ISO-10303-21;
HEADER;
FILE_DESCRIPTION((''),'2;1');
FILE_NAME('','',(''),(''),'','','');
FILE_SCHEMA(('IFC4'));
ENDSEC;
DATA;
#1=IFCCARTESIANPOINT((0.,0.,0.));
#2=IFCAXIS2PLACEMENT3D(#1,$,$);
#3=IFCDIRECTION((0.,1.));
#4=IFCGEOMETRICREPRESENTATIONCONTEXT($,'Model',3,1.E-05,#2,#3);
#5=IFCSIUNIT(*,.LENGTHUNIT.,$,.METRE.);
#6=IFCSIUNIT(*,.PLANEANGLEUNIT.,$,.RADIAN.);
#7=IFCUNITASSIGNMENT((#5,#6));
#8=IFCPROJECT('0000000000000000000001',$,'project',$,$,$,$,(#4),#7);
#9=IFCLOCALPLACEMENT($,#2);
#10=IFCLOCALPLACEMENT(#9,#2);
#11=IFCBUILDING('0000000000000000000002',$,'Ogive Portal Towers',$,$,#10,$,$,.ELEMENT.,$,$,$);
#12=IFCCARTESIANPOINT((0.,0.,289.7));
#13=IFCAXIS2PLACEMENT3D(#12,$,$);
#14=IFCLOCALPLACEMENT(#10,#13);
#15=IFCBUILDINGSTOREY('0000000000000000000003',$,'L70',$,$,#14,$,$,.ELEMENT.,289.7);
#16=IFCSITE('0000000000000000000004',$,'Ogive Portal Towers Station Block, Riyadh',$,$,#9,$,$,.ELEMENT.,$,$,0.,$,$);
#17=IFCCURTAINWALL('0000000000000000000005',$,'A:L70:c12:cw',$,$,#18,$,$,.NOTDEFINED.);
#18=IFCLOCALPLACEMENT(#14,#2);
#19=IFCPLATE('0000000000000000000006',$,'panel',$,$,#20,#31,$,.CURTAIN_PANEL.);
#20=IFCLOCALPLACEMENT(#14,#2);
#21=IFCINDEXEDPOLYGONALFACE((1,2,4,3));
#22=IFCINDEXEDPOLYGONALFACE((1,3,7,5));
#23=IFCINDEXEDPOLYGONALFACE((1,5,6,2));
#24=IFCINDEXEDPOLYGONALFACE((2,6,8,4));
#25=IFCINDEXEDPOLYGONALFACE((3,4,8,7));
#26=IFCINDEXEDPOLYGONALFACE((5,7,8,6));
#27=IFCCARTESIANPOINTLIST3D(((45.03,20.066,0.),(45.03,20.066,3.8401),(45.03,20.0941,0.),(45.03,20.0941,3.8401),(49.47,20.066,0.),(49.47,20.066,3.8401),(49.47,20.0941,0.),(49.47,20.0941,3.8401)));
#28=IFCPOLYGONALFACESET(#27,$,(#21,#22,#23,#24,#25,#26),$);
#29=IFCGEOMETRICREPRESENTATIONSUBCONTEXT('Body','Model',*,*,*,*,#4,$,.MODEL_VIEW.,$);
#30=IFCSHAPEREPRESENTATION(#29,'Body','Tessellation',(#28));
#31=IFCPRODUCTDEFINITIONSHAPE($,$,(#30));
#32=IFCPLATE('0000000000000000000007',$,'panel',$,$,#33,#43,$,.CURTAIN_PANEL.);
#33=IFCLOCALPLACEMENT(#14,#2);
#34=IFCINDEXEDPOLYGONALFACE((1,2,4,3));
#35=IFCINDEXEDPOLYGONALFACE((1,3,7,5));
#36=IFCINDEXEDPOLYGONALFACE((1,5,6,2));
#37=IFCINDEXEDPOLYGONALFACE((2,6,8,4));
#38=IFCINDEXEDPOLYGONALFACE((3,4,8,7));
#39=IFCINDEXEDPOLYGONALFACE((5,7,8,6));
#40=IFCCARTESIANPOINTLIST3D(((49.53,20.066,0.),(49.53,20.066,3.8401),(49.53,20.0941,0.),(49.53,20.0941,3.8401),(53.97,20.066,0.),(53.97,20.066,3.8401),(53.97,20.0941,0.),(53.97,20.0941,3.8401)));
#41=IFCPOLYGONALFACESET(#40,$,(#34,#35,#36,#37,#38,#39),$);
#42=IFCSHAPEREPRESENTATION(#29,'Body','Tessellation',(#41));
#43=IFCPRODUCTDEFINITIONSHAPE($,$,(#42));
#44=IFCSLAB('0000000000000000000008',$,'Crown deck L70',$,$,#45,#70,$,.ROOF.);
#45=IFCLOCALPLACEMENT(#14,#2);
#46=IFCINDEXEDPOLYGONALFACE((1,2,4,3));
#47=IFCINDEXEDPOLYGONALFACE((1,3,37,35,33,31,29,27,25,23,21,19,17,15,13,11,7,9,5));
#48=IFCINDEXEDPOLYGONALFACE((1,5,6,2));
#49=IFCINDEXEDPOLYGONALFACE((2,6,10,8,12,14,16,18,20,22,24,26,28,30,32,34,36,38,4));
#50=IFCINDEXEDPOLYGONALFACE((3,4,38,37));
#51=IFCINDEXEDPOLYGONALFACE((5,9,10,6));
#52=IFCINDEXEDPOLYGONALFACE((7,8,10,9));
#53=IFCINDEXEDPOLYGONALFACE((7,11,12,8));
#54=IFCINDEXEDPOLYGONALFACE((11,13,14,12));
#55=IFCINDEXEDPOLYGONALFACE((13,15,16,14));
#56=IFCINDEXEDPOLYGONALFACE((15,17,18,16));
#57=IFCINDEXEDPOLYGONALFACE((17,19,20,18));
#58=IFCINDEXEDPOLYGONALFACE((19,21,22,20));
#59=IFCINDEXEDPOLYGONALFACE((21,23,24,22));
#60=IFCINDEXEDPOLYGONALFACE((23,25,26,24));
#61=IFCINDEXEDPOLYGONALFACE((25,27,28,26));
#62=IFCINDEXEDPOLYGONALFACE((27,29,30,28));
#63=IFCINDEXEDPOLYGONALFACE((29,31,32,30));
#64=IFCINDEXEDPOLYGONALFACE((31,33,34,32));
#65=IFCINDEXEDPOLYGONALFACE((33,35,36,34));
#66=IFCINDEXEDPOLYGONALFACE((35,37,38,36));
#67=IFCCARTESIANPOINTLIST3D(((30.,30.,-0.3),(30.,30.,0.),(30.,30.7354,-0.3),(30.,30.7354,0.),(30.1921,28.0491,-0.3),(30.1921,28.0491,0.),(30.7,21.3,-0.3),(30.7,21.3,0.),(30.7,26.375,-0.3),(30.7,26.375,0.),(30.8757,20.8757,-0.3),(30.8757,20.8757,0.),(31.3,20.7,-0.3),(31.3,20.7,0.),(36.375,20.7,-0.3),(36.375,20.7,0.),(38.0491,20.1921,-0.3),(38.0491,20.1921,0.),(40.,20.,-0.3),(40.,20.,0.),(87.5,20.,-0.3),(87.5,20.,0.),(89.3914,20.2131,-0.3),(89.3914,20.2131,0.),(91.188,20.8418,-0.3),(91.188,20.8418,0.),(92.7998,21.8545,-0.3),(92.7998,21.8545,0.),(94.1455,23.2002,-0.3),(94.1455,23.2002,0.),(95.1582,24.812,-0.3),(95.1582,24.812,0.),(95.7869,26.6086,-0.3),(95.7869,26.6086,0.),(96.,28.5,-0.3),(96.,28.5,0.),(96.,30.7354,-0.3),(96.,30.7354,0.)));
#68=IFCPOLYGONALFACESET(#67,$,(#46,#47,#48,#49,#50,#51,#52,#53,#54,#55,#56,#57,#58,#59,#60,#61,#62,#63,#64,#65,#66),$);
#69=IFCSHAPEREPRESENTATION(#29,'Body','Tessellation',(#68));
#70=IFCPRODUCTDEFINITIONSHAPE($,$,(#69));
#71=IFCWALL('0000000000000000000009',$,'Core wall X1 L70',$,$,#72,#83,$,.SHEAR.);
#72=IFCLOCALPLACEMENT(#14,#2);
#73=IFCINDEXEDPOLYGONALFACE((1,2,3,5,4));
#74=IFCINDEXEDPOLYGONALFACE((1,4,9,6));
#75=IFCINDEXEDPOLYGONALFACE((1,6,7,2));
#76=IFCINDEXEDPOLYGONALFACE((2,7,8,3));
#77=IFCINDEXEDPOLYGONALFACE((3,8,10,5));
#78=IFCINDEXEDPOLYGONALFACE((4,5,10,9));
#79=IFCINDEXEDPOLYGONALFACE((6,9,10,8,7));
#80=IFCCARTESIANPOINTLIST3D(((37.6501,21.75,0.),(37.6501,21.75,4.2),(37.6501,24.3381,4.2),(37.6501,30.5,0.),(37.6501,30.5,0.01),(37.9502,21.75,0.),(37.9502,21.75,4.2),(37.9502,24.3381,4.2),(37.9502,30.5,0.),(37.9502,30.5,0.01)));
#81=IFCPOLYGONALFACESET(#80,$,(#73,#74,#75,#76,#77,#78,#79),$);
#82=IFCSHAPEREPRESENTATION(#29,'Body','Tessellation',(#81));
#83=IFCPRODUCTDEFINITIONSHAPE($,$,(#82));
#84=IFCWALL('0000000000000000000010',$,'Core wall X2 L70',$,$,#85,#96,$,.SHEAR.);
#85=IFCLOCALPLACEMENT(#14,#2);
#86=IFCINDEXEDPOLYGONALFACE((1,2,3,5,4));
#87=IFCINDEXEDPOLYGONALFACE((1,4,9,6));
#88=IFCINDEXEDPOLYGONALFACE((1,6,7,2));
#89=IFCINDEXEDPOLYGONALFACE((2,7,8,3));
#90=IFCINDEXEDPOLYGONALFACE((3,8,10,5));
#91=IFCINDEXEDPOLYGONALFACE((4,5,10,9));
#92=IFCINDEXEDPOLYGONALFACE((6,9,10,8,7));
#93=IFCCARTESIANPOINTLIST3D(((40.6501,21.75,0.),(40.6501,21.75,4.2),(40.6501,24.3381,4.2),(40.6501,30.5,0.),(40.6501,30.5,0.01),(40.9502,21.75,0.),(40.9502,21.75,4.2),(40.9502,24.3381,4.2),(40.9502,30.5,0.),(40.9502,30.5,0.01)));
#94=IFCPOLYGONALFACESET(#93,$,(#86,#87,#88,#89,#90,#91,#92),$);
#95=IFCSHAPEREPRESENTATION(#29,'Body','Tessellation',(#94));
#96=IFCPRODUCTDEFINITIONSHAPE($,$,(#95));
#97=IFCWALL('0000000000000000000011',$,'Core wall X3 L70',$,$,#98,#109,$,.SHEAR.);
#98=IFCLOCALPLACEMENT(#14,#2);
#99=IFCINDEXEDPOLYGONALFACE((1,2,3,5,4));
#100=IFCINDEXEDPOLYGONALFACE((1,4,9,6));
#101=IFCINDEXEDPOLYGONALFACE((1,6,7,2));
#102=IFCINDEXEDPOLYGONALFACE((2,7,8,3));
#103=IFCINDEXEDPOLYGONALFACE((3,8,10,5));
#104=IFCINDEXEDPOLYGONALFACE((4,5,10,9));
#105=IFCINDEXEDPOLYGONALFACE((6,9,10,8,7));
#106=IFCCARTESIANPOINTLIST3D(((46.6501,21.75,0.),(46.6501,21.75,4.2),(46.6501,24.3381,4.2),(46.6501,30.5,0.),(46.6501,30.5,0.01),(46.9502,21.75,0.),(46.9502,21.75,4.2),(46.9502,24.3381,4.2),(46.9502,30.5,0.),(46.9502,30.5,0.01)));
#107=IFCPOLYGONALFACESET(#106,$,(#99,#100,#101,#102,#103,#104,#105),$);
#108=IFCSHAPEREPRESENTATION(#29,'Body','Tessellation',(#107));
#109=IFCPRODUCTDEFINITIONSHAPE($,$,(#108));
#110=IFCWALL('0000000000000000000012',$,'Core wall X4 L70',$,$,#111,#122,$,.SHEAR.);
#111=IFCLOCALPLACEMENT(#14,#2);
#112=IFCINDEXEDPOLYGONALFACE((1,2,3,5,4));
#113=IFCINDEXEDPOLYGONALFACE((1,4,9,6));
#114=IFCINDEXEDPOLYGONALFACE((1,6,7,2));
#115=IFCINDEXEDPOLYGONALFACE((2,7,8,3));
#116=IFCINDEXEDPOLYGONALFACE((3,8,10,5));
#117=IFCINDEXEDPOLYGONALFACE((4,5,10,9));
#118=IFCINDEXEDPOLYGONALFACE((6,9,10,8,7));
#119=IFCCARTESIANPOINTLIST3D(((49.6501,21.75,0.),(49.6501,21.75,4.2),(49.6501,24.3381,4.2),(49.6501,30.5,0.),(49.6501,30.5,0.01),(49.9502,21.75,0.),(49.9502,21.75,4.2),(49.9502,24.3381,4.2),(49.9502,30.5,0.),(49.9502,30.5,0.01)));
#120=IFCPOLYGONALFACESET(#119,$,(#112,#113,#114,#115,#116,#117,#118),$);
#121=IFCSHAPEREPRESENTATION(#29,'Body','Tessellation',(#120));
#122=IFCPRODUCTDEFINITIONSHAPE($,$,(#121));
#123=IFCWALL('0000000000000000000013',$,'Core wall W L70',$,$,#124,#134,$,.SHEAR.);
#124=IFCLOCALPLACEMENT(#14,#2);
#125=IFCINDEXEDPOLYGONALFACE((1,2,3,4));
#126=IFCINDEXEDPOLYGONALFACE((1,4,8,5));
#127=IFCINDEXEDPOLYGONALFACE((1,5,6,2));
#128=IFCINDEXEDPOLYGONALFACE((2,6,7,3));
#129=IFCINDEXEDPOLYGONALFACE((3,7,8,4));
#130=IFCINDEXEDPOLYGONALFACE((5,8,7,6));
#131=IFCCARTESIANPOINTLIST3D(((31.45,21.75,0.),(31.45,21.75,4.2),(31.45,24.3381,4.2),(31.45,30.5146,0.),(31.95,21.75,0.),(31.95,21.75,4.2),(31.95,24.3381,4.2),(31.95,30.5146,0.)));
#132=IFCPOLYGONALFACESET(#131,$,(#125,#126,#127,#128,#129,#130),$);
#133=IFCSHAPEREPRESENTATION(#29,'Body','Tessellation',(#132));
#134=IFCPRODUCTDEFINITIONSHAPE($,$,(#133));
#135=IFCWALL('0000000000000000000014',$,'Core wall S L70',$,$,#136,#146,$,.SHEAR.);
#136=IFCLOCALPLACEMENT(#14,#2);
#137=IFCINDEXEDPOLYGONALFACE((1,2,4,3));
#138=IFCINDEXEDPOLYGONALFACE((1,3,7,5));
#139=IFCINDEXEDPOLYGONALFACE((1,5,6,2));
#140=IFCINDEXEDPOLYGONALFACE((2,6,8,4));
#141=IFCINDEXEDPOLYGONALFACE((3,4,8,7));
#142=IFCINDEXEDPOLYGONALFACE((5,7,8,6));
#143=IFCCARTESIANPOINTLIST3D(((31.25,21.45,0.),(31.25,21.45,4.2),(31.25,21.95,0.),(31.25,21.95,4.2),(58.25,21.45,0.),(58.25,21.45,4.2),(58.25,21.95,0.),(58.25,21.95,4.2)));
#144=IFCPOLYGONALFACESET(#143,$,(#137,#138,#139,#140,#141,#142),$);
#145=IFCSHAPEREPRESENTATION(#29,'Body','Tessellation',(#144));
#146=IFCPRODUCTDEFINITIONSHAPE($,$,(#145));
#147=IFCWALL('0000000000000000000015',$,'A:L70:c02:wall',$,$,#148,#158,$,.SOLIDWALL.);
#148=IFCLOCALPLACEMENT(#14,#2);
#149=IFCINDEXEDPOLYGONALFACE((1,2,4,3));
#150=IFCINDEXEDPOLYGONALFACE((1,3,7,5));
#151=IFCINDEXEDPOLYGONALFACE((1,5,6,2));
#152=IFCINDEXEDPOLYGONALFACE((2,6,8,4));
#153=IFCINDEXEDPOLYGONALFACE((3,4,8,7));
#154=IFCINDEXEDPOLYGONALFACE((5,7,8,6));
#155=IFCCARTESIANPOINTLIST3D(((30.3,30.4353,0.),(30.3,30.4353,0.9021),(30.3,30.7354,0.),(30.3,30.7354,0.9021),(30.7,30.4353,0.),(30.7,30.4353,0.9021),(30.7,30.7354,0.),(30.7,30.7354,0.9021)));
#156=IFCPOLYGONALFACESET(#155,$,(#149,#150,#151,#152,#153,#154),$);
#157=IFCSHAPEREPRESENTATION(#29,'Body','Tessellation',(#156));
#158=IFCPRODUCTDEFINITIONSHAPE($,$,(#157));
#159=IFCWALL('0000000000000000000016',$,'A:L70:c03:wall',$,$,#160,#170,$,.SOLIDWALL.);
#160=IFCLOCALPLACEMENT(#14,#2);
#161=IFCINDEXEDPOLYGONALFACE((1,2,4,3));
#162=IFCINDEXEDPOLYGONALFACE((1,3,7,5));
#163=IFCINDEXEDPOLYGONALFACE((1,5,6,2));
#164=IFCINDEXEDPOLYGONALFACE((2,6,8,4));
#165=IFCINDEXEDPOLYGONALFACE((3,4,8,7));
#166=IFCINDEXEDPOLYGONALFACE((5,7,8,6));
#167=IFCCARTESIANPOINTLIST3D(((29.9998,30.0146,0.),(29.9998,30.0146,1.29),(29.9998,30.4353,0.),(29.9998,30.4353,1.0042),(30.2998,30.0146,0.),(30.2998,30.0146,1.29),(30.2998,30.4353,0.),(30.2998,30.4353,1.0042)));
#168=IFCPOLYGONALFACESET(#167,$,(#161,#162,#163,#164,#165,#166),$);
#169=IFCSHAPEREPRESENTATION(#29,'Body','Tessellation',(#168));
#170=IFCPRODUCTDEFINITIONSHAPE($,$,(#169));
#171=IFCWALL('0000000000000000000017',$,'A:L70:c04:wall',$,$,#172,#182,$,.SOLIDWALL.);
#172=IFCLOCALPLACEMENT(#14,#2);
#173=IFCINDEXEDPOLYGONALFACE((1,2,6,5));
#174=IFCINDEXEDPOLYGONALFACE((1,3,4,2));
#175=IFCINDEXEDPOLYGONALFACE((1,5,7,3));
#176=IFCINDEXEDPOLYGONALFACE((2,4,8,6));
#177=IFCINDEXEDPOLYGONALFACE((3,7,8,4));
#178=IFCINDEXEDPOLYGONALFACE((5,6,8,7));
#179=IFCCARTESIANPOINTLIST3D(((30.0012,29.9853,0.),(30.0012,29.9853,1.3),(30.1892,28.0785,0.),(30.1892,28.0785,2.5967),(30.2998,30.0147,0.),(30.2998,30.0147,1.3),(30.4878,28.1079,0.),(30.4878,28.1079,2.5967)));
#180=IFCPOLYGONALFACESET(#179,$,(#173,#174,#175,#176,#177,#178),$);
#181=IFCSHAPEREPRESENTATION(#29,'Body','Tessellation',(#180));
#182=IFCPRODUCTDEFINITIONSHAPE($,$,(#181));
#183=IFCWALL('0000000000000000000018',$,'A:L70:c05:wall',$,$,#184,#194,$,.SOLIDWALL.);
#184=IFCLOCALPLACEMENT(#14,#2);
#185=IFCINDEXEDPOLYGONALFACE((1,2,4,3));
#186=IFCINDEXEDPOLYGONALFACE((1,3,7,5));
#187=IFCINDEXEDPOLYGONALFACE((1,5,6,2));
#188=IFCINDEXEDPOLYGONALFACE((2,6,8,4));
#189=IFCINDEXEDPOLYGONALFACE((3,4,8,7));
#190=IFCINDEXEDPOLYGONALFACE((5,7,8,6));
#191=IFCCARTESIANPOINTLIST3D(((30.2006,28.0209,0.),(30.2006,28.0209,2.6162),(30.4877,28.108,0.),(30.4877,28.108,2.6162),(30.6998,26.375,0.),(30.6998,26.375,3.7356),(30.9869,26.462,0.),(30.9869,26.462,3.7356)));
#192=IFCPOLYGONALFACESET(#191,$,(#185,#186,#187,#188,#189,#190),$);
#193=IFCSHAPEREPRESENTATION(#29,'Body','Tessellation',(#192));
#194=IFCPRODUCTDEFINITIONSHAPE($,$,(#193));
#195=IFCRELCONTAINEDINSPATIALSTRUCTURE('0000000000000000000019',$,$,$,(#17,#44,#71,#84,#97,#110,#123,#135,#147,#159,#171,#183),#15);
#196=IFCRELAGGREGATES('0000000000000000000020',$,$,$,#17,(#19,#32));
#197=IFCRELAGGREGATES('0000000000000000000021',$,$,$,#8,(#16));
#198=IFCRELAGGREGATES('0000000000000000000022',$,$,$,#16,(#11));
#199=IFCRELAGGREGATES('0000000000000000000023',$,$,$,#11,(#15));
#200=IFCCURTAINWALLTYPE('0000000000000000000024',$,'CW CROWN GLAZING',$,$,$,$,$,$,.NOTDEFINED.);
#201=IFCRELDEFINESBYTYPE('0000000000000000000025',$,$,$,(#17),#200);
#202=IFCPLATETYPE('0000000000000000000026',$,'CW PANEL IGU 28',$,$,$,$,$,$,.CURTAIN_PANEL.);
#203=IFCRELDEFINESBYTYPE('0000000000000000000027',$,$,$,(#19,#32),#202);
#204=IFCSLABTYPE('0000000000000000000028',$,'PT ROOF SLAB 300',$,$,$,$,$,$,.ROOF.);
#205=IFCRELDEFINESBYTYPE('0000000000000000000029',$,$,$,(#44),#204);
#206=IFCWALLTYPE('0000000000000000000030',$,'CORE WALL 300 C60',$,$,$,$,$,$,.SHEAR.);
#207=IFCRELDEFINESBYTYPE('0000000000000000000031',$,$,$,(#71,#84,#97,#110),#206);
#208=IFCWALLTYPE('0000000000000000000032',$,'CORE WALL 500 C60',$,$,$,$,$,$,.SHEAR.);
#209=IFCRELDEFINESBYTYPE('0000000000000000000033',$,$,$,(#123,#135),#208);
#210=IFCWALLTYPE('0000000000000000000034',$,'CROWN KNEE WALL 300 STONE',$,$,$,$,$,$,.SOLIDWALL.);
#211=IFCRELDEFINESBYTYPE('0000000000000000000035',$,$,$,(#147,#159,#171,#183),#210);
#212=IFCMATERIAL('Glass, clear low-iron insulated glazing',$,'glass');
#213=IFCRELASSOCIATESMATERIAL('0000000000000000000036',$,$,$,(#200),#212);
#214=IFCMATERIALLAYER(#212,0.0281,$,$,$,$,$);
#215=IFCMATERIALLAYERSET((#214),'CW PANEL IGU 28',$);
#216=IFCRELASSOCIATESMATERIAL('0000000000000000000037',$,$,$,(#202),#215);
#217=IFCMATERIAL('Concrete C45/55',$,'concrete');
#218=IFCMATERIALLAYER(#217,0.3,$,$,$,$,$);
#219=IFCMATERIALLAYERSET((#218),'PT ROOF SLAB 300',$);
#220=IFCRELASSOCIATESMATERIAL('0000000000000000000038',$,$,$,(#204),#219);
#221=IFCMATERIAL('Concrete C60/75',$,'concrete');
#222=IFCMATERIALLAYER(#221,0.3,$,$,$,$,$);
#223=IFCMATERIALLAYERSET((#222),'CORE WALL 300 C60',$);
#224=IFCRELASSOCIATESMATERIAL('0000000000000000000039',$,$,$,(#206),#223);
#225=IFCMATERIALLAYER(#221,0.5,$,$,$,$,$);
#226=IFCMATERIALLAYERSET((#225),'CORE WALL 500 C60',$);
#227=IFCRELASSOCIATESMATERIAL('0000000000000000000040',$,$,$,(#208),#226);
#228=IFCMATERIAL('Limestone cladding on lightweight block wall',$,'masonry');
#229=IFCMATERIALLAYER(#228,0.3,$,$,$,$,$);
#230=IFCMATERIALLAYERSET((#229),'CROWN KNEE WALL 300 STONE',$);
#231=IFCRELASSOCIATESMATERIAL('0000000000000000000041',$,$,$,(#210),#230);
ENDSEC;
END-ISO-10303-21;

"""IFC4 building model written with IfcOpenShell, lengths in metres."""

from ifc_helpers import new_model, si_unit, direction, frame, frame_2d, origin, origin_2d, place, context, subcontext, project, spatial, polyline, rectangle, outline, extrude, material, layer, layer_set, type_object, element, aggregate, save


model = new_model("IFC4")

# Units and contexts
model_context = context("Model", 3, precision=1e-05, world=origin(), true_north=direction((0.0, 1.0)))
body_context = subcontext(model_context, "Body", "Model", "MODEL_VIEW")
ifc_project = project(units=[si_unit("LENGTHUNIT", "METRE"), si_unit("PLANEANGLEUNIT", "RADIAN")], contexts=[model_context])

# Site, building, storey
site_placement = place(None, origin())
site = spatial("IfcSite", under=ifc_project, at=site_placement, Name="Ogive Portal Towers Station Block, Riyadh", CompositionType="ELEMENT", RefElevation=0.0)
building_placement = place(site_placement, origin())
building = spatial("IfcBuilding", under=site, at=building_placement, Name="Ogive Portal Towers", CompositionType="ELEMENT")
storey_placement = place(building_placement, frame((0.0, 0.0, 289.7)))
storey = spatial("IfcBuildingStorey", under=building, at=storey_placement, Name="L70", CompositionType="ELEMENT", Elevation=289.7)

# Shared definitions
ifc_material_1 = material(Name="Glass, clear low-iron insulated glazing", Category="glass")
curtain_wall_type = type_object("IfcCurtainWallType", Name="CW CROWN GLAZING", PredefinedType="NOTDEFINED", material=ifc_material_1)

# Curtain wall
curtain_wall_1_placement = place(storey_placement, origin())
curtain_wall_1 = element("IfcCurtainWall", 1, at=curtain_wall_1_placement, inside=storey, type_object=curtain_wall_type, Name="A:L70:c12:cw", PredefinedType="NOTDEFINED")

# Plates
ifc_layer_1 = layer(ifc_material_1, 0.0281)
ifc_layer_set_1 = layer_set([ifc_layer_1], Name="CW PANEL IGU 28")
plate_type = type_object("IfcPlateType", Name="CW PANEL IGU 28", PredefinedType="CURTAIN_PANEL", material=ifc_layer_set_1)
plate_1_placement = place(storey_placement, frame((47.25, 20.0801, 0.0), z_axis=(0.0, 0.0, 1.0), x_axis=(1.0, 0.0, 0.0)))
plate_1 = element("IfcPlate", 2, at=plate_1_placement, type_object=plate_type, Name="panel", PredefinedType="CURTAIN_PANEL", context=body_context, shape_type="SweptSolid", body=[
    extrude(rectangle(XDim=4.4399, YDim=0.0281, at=origin_2d()), origin(), (0.0, 0.0, 1.0), 3.8401),
])
plate_2_placement = place(storey_placement, frame((51.75, 20.0801, 0.0), z_axis=(0.0, 0.0, 1.0), x_axis=(1.0, 0.0, 0.0)))
plate_2 = element("IfcPlate", 3, at=plate_2_placement, type_object=plate_type, Name="panel", PredefinedType="CURTAIN_PANEL", context=body_context, shape_type="SweptSolid", body=[
    extrude(rectangle(XDim=4.4399, YDim=0.0281, at=origin_2d()), origin(), (0.0, 0.0, 1.0), 3.8401),
])
aggregate(curtain_wall_1, [plate_1, plate_2])

# Slab
ifc_material_2 = material(Name="Concrete C45/55", Category="concrete")
ifc_layer_2 = layer(ifc_material_2, 0.3)
ifc_layer_set_2 = layer_set([ifc_layer_2], Name="PT ROOF SLAB 300")
slab_type = type_object("IfcSlabType", Name="PT ROOF SLAB 300", PredefinedType="ROOF", material=ifc_layer_set_2)
slab_placement = place(storey_placement, frame((0.0, 0.0, -0.3)))
element("IfcSlab", 4, at=slab_placement, inside=storey, type_object=slab_type, Name="Crown deck L70", PredefinedType="ROOF", context=body_context, shape_type="SweptSolid", body=[
    extrude(outline(polyline([(95.7869, 26.6086), (96.0, 28.5), (96.0, 30.7354), (30.0, 30.7354), (30.0, 30.0), (30.1921, 28.0491), (30.7, 26.375), (30.7, 21.3), (30.8757, 20.8757), (31.3, 20.7), (36.375, 20.7), (38.0491, 20.1921), (40.0, 20.0), (87.5, 20.0), (89.3914, 20.2131), (91.188, 20.8418), (92.7998, 21.8545), (94.1455, 23.2002), (95.1582, 24.812), (95.7869, 26.6086)])), origin(), (0.0, 0.0, 1.0), 0.3),
])

# Walls
ifc_material_3 = material(Name="Concrete C60/75", Category="concrete")
ifc_layer_3 = layer(ifc_material_3, 0.3)
ifc_layer_set_3 = layer_set([ifc_layer_3], Name="CORE WALL 300 C60")
wall_type_1 = type_object("IfcWallType", Name="CORE WALL 300 C60", PredefinedType="SHEAR", material=ifc_layer_set_3)
for number, where, z_axis, x_axis, name in (
    (5, (37.8, 21.75, 0.0), (0.0, 0.0, 1.0), (0.0, 1.0, 0.0), "Core wall X1 L70"),
    (6, (40.8, 21.75, 0.0), (0.0, 0.0, 1.0), (0.0, 1.0, 0.0), "Core wall X2 L70"),
    (7, (46.8, 21.75, 0.0), (0.0, 0.0, 1.0), (0.0, 1.0, 0.0), "Core wall X3 L70"),
    (8, (49.8, 21.75, 0.0), (0.0, 0.0, 1.0), (0.0, 1.0, 0.0), "Core wall X4 L70"),
):
    element("IfcWall", number, at=place(storey_placement, frame(where, z_axis=z_axis, x_axis=x_axis)), inside=storey, type_object=wall_type_1, Name=name, PredefinedType="SHEAR", context=body_context, shape_type="SweptSolid", body=[
        extrude(outline(polyline([(0.0, 0.0), (8.75, 0.0), (8.75, 0.01), (2.5881, 4.2), (0.0, 4.2), (0.0, 0.0)])), frame((0.0, 0.1499, 0.0), z_axis=(0.0, -1.0, 0.0), x_axis=(1.0, 0.0, 0.0)), (0.0, 0.0, 1.0), 0.3),
    ])
ifc_layer_4 = layer(ifc_material_3, 0.5)
ifc_layer_set_4 = layer_set([ifc_layer_4], Name="CORE WALL 500 C60")
wall_type_2 = type_object("IfcWallType", Name="CORE WALL 500 C60", PredefinedType="SHEAR", material=ifc_layer_set_4)
wall_1_placement = place(storey_placement, frame((31.7, 21.75, 0.0), z_axis=(0.0, 0.0, 1.0), x_axis=(0.0, 1.0, 0.0)))
element("IfcWall", 9, at=wall_1_placement, inside=storey, type_object=wall_type_2, Name="Core wall W L70", PredefinedType="SHEAR", context=body_context, shape_type="SweptSolid", body=[
    extrude(outline(polyline([(0.0, 0.0), (17.5, 0.0), (8.7646, 0.0), (2.5881, 4.2), (0.0, 4.2), (0.0, 0.0)])), frame((0.0, 0.25, 0.0), z_axis=(0.0, -1.0, 0.0), x_axis=(1.0, 0.0, 0.0)), (0.0, 0.0, 1.0), 0.5),
])
wall_2_placement = place(storey_placement, frame((31.25, 21.7, 0.0), z_axis=(0.0, 0.0, 1.0), x_axis=(1.0, 0.0, 0.0)))
element("IfcWall", 10, at=wall_2_placement, inside=storey, type_object=wall_type_2, Name="Core wall S L70", PredefinedType="SHEAR", context=body_context, shape_type="SweptSolid", body=[
    extrude(rectangle(XDim=27.0, YDim=0.5, at=frame_2d((13.5, 0.0))), origin(), (0.0, 0.0, 1.0), 4.2),
])
ifc_material_4 = material(Name="Limestone cladding on lightweight block wall", Category="masonry")
ifc_layer_5 = layer(ifc_material_4, 0.3)
ifc_layer_set_5 = layer_set([ifc_layer_5], Name="CROWN KNEE WALL 300 STONE")
wall_type_3 = type_object("IfcWallType", Name="CROWN KNEE WALL 300 STONE", PredefinedType="SOLIDWALL", material=ifc_layer_set_5)
wall_3_placement = place(storey_placement, frame((30.7, 30.5852, 0.0), z_axis=(0.0, 0.0, 1.0), x_axis=(-1.0, 0.0, 0.0)))
element("IfcWall", 11, at=wall_3_placement, inside=storey, type_object=wall_type_3, Name="A:L70:c02:wall", PredefinedType="SOLIDWALL", context=body_context, shape_type="SweptSolid", body=[
    extrude(outline(polyline([(0.0, 0.0), (0.3999, 0.0), (0.3999, 0.9021), (0.0, 0.9021), (0.0, 0.0)])), frame((0.0, 0.1499, 0.0), z_axis=(0.0, -1.0, 0.0), x_axis=(1.0, 0.0, 0.0)), (0.0, 0.0, 1.0), 0.3),
])
wall_4_placement = place(storey_placement, frame((30.1499, 30.4353, 0.0), z_axis=(0.0, 0.0, 1.0), x_axis=(0.0, -1.0, 0.0)))
element("IfcWall", 12, at=wall_4_placement, inside=storey, type_object=wall_type_3, Name="A:L70:c03:wall", PredefinedType="SOLIDWALL", context=body_context, shape_type="SweptSolid", body=[
    extrude(outline(polyline([(0.0, 0.0), (0.4207, 0.0), (0.4207, 1.29), (0.0, 1.0042), (0.0, 0.0)])), frame((0.0, 0.1499, 0.0), z_axis=(0.0, -1.0, 0.0), x_axis=(1.0, 0.0, 0.0)), (0.0, 0.0, 1.0), 0.3),
])
wall_5_placement = place(storey_placement, frame((30.1506, 30.0, 0.0), z_axis=(0.0, 0.0, 1.0), x_axis=(0.098116, -0.995175, 0.0)))
element("IfcWall", 13, at=wall_5_placement, inside=storey, type_object=wall_type_3, Name="A:L70:c04:wall", PredefinedType="SOLIDWALL", context=body_context, shape_type="SweptSolid", body=[
    extrude(outline(polyline([(0.0, 0.0), (1.916, 0.0), (1.916, 2.5967), (0.0, 1.3), (0.0, 0.0)])), frame((0.0, 0.1499, 0.0), z_axis=(0.0, -1.0, 0.0), x_axis=(1.0, 0.0, 0.0)), (0.0, 0.0, 1.0), 0.3),
])
wall_6_placement = place(storey_placement, frame((30.3442, 28.0645, 0.0), z_axis=(0.0, 0.0, 1.0), x_axis=(0.290263, -0.956947, 0.0)))
element("IfcWall", 14, at=wall_6_placement, inside=storey, type_object=wall_type_3, Name="A:L70:c05:wall", PredefinedType="SOLIDWALL", context=body_context, shape_type="SweptSolid", body=[
    extrude(outline(polyline([(0.0, 0.0), (1.72, 0.0), (1.72, 3.7356), (0.0, 2.6162), (0.0, 0.0)])), frame((0.0, 0.1499, 0.0), z_axis=(0.0, -1.0, 0.0), x_axis=(1.0, 0.0, 0.0)), (0.0, 0.0, 1.0), 0.3),
])

save(model, "model.ifc")
